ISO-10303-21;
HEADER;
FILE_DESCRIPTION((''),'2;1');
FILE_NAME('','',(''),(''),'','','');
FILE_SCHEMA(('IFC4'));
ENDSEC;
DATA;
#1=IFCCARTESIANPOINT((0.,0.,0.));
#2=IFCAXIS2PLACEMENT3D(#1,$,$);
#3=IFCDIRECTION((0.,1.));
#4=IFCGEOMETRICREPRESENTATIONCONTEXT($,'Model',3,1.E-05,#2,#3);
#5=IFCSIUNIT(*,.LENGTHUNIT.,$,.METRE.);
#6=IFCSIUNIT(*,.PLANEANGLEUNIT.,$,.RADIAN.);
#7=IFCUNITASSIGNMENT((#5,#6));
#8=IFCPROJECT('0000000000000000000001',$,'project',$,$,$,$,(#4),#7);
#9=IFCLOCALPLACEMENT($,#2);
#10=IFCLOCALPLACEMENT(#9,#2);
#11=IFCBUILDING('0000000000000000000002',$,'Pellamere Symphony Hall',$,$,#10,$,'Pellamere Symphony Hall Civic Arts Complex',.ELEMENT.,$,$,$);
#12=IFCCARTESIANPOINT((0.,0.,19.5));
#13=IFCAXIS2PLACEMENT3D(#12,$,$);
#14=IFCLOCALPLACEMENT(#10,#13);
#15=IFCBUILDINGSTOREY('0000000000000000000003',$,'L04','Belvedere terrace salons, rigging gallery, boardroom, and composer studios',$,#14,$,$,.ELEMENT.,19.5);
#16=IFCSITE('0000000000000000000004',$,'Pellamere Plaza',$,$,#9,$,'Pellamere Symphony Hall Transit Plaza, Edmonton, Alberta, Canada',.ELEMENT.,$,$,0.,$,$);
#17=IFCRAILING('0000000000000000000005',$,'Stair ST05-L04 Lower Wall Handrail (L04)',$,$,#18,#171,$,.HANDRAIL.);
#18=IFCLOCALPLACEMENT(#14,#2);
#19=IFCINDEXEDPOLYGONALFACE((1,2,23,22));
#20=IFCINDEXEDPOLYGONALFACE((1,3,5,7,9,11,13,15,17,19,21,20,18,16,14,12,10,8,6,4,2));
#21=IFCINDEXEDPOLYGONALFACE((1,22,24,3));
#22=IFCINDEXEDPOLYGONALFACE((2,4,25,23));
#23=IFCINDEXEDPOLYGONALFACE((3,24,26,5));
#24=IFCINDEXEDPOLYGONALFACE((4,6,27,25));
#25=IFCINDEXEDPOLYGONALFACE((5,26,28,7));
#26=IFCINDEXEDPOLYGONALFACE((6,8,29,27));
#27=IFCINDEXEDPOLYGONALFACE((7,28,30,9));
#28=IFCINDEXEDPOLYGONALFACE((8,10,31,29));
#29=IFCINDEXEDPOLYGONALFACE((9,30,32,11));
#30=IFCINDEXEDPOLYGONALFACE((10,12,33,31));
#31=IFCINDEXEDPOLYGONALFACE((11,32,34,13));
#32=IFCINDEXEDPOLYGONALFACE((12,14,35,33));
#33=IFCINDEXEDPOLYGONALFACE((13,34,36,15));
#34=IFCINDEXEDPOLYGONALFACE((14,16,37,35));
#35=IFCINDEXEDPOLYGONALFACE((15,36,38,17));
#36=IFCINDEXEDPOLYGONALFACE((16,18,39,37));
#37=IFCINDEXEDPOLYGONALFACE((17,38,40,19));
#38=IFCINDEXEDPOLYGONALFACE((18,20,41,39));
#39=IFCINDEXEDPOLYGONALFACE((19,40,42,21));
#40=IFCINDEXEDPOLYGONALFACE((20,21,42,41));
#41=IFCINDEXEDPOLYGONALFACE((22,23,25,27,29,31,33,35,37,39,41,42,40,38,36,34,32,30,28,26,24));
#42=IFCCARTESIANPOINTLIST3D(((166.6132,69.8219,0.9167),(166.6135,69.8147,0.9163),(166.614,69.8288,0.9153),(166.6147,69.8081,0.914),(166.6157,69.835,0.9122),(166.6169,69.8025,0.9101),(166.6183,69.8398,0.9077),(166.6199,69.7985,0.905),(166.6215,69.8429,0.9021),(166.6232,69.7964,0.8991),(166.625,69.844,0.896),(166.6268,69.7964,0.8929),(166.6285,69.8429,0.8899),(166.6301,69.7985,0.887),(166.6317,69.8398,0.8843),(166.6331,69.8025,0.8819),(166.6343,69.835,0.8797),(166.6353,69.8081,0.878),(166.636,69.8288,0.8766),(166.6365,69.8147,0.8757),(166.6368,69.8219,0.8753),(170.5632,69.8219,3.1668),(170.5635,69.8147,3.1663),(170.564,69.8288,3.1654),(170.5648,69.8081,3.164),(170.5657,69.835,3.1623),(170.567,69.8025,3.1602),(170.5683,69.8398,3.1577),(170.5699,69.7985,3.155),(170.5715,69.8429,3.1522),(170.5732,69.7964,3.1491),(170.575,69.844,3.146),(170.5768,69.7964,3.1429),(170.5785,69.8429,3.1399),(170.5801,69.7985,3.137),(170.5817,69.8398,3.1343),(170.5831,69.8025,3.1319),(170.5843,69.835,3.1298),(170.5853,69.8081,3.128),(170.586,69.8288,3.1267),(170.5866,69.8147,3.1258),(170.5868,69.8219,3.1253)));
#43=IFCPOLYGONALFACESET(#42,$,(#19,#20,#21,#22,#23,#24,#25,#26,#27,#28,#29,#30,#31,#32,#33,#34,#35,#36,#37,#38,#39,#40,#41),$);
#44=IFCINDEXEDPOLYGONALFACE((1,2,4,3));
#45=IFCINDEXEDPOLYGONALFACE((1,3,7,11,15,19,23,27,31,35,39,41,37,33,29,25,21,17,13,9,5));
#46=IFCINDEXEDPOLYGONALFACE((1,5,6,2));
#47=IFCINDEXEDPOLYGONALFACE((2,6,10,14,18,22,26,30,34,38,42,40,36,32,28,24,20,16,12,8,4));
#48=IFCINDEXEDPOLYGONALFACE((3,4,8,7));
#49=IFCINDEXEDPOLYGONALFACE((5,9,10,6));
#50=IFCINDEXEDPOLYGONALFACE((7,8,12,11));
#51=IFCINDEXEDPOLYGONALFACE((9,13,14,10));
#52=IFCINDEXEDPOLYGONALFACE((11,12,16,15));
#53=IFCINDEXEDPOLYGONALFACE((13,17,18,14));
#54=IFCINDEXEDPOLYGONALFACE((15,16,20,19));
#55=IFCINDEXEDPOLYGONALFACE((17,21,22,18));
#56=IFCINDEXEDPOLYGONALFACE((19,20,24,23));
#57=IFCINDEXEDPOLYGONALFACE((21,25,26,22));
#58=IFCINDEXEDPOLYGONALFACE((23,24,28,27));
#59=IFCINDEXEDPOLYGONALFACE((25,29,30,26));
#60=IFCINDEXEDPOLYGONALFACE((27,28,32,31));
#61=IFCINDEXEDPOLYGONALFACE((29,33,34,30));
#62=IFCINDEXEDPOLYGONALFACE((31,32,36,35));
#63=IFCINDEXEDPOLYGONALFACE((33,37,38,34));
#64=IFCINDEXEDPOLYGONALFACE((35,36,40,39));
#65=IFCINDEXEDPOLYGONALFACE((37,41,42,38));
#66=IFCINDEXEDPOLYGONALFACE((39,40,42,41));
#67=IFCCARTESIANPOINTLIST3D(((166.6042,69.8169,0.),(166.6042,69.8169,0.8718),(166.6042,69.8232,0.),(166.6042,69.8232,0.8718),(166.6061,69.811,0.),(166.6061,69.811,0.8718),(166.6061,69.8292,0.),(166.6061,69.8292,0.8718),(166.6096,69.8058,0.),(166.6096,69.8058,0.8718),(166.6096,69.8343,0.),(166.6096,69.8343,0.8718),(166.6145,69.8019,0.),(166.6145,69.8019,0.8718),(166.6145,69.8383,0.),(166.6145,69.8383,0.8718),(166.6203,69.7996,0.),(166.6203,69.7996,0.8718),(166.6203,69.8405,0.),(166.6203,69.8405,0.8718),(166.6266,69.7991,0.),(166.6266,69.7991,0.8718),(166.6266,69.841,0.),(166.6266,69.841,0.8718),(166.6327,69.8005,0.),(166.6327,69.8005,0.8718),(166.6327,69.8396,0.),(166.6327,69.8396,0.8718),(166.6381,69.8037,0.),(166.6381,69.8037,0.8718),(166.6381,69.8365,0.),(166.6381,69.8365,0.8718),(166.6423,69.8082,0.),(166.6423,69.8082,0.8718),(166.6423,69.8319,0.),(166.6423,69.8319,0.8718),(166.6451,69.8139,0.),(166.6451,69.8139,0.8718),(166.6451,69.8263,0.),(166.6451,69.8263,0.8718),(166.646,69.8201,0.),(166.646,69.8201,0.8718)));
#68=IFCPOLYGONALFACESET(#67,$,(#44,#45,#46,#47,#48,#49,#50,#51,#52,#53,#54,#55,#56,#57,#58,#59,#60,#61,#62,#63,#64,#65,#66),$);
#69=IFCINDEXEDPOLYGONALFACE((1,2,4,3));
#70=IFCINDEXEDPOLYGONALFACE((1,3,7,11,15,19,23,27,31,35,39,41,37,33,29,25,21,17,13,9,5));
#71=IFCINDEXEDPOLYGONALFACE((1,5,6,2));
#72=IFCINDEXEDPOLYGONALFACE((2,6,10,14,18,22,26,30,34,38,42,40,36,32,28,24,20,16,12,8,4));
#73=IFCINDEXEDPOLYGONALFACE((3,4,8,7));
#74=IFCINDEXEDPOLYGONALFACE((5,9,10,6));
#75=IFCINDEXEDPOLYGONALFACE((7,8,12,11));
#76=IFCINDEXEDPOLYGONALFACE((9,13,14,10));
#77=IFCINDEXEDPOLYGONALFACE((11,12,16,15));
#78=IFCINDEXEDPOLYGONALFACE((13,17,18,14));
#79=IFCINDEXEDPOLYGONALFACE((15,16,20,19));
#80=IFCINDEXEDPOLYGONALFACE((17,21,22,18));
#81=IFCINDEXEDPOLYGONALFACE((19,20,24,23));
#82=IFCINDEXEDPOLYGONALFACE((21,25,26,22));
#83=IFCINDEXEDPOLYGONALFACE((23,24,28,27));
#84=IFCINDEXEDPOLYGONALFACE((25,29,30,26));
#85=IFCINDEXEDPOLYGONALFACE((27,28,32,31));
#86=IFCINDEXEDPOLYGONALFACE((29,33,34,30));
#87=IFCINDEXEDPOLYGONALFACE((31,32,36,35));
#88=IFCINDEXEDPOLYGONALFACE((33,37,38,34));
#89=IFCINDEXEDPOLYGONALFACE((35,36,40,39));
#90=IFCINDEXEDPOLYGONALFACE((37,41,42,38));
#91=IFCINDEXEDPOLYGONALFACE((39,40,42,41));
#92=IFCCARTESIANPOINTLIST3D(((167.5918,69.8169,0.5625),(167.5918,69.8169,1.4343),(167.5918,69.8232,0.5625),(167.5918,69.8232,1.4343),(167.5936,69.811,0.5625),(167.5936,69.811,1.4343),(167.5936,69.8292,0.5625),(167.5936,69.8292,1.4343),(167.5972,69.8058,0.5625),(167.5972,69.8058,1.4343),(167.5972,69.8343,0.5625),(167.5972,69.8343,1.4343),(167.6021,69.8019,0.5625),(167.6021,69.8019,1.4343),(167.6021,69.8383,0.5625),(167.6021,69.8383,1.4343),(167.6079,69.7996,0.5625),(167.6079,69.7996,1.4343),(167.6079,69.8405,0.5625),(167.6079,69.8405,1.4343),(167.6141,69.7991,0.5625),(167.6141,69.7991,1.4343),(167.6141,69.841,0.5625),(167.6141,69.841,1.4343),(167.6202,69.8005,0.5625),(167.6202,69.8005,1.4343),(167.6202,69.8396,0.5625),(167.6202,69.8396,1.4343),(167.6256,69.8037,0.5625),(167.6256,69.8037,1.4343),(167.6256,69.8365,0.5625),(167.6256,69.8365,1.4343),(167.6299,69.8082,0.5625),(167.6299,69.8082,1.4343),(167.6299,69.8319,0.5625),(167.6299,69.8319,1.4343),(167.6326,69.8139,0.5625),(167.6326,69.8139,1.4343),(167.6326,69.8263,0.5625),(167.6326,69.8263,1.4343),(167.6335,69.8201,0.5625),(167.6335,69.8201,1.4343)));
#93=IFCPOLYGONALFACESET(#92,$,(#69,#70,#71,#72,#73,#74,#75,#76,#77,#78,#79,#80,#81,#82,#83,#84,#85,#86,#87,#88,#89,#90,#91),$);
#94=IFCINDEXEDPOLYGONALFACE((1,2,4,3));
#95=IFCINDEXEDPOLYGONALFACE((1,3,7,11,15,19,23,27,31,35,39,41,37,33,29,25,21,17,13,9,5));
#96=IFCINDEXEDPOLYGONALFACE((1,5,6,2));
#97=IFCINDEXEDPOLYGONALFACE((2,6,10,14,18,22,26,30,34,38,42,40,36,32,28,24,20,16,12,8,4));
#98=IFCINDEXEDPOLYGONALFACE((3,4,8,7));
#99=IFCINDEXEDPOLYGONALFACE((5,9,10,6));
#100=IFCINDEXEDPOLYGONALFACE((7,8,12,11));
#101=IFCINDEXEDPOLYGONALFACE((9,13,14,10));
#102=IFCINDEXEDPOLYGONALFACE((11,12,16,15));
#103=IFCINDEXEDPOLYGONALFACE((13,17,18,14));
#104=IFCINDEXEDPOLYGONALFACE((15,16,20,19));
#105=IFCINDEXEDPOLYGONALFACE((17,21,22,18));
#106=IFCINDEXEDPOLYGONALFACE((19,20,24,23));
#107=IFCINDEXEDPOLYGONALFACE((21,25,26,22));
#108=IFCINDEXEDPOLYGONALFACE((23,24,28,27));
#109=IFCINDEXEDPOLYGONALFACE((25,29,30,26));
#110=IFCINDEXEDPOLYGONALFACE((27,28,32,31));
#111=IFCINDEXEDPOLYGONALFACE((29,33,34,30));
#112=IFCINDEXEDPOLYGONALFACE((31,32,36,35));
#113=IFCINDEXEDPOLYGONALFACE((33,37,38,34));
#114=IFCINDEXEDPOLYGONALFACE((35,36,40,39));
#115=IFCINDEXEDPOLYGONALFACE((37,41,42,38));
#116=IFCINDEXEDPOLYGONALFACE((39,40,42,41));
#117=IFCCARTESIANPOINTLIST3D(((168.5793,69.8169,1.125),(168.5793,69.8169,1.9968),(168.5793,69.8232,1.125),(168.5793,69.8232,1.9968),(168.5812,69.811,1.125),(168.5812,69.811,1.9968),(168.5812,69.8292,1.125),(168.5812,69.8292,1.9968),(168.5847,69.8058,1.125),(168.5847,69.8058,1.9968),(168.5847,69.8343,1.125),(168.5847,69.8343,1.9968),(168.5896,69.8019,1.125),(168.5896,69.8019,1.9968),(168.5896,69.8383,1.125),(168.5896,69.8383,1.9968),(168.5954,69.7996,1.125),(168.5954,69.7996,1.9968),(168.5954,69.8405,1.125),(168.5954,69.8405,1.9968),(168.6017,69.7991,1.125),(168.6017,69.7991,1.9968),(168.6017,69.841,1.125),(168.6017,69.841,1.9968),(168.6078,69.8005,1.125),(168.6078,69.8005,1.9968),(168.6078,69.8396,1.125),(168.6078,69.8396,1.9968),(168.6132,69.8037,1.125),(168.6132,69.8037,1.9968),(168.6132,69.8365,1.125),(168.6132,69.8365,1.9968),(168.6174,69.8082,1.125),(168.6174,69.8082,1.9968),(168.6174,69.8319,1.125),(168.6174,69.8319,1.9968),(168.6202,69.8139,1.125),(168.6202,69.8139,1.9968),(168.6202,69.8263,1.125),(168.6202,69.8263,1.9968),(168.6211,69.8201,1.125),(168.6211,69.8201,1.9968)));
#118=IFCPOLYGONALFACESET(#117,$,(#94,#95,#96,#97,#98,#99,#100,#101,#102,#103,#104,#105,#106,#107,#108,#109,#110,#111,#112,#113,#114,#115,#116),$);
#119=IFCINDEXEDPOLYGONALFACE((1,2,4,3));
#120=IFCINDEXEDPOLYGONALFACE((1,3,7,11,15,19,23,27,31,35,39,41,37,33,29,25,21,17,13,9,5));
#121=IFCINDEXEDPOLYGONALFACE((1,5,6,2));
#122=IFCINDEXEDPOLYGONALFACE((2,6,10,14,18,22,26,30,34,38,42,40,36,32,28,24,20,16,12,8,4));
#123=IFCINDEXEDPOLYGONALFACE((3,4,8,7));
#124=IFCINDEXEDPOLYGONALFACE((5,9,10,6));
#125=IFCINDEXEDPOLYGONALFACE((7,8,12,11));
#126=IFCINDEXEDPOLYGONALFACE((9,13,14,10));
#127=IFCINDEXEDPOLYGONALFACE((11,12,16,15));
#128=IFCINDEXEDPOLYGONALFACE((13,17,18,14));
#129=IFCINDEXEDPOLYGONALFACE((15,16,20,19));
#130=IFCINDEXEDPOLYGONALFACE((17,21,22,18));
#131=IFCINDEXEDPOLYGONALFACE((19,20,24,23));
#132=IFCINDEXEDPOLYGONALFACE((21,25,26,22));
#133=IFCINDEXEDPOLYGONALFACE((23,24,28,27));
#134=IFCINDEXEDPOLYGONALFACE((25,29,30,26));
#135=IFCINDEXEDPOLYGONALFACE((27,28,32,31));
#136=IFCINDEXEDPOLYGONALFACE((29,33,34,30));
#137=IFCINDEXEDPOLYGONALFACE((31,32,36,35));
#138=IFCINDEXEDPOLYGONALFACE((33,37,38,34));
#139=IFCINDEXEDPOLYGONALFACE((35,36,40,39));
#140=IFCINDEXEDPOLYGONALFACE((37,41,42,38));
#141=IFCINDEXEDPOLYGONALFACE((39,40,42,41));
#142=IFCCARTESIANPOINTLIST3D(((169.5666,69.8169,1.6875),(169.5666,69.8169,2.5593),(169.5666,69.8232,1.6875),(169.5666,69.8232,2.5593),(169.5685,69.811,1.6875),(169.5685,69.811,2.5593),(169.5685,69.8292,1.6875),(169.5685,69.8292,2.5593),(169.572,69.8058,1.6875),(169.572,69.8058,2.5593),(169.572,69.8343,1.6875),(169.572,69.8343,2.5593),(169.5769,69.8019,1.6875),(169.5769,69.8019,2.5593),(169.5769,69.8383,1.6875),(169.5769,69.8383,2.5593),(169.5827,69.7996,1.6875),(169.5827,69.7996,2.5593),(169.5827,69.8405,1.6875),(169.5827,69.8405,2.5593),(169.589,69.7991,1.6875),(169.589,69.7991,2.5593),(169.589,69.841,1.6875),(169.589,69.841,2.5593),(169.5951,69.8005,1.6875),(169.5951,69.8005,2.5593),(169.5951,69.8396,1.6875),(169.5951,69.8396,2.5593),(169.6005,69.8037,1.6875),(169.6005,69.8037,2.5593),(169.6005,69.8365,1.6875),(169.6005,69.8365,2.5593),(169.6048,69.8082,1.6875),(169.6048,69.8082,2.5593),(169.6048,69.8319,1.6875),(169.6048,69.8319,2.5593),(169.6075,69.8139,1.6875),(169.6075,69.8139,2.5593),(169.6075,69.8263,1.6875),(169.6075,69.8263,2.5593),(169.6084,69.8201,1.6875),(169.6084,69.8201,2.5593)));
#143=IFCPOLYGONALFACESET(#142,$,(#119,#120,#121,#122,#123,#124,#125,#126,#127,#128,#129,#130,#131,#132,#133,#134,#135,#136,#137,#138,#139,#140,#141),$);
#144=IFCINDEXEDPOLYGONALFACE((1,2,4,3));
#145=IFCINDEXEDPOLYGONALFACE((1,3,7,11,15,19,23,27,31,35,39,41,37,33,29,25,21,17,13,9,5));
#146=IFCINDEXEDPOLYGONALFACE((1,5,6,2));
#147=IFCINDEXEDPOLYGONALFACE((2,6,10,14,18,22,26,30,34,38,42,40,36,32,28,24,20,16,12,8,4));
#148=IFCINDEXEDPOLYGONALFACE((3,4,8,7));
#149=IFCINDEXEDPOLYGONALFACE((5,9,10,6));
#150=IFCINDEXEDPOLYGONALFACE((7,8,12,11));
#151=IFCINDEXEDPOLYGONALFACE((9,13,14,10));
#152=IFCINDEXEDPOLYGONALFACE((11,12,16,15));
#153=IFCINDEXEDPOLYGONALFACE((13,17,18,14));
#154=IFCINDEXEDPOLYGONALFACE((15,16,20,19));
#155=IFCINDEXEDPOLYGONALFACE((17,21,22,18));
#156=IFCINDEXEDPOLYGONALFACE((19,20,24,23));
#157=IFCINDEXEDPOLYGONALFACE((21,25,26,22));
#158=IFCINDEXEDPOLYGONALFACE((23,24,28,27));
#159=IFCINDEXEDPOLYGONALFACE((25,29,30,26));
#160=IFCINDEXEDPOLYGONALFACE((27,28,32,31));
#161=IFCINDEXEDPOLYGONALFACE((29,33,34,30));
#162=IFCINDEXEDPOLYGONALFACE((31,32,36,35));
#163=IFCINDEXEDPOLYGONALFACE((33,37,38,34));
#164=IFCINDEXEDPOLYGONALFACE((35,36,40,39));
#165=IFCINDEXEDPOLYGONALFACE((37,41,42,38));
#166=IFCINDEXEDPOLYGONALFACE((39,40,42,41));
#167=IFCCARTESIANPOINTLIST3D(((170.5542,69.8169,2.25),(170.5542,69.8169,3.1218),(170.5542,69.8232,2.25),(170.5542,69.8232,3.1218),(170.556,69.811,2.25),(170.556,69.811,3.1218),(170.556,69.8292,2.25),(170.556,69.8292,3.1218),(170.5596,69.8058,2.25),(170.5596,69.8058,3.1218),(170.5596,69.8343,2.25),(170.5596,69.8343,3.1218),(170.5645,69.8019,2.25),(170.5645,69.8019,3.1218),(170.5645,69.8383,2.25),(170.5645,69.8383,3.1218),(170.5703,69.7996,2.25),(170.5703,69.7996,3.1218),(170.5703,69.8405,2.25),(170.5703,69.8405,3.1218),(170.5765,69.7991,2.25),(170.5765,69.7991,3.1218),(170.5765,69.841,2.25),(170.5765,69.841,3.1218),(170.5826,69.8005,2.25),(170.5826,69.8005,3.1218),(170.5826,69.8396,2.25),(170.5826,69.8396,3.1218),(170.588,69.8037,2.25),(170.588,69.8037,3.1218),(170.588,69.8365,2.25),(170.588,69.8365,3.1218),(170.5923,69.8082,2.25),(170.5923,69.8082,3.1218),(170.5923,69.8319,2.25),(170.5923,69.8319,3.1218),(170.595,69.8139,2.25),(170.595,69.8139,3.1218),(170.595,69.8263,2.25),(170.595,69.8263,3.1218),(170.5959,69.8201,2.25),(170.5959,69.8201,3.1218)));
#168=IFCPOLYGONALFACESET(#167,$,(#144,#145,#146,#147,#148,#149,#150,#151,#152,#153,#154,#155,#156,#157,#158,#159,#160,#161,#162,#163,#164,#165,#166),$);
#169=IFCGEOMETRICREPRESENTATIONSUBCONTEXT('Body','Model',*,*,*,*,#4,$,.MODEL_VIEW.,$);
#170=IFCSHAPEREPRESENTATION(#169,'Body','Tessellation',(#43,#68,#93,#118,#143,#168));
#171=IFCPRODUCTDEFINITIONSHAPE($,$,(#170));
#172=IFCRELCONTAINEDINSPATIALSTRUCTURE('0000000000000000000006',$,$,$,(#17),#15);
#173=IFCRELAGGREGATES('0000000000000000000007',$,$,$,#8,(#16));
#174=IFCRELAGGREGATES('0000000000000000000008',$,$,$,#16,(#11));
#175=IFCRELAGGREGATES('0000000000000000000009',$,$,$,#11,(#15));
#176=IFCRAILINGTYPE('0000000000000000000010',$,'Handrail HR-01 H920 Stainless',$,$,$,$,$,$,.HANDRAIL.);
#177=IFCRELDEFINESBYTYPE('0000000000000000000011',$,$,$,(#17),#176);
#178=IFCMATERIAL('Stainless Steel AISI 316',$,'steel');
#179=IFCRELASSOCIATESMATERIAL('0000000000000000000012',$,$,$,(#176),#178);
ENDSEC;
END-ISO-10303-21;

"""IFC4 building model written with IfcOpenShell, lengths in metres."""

from ifc_helpers import new_model, si_unit, direction, frame, origin, origin_2d, place, context, subcontext, project, spatial, circle, extrude, material, type_object, element, save


model = new_model("IFC4")

# Units and contexts
model_context = context("Model", 3, precision=1e-05, world=origin(), true_north=direction((0.0, 1.0)))
body_context = subcontext(model_context, "Body", "Model", "MODEL_VIEW")
ifc_project = project(units=[si_unit("LENGTHUNIT", "METRE"), si_unit("PLANEANGLEUNIT", "RADIAN")], contexts=[model_context])

# Site, building, storey
site_placement = place(None, origin())
site = spatial("IfcSite", under=ifc_project, at=site_placement, Name="Pellamere Plaza", LongName="Pellamere Symphony Hall Transit Plaza, Edmonton, Alberta, Canada", CompositionType="ELEMENT", RefElevation=0.0)
building_placement = place(site_placement, origin())
building = spatial("IfcBuilding", under=site, at=building_placement, Name="Pellamere Symphony Hall", LongName="Pellamere Symphony Hall Civic Arts Complex", CompositionType="ELEMENT")
storey_placement = place(building_placement, frame((0.0, 0.0, 19.5)))
storey = spatial("IfcBuildingStorey", under=building, at=storey_placement, Name="L04", Description="Belvedere terrace salons, rigging gallery, boardroom, and composer studios", CompositionType="ELEMENT", Elevation=19.5)

# Railing
ifc_material_1 = material(Name="Stainless Steel AISI 316", Category="steel")
railing_type_1 = type_object("IfcRailingType", Name="Handrail HR-01 H920 Stainless", PredefinedType="HANDRAIL", material=ifc_material_1)
railing_1_placement = place(storey_placement, frame((166.625, 69.8201, 0.0)))
element("IfcRailing", 1, at=railing_1_placement, inside=storey, type_object=railing_type_1, Name="Stair ST05-L04 Lower Wall Handrail (L04)", PredefinedType="HANDRAIL", context=body_context, shape_type="SweptSolid", body=[
    extrude(circle(Radius=0.0239, at=origin_2d()), frame((0.0, 0.0, 0.896), z_axis=(0.868917, 0.0, 0.494959), x_axis=(0.0, 1.0, 0.0)), (0.0, 0.0, 1.0), 4.5459),
    extrude(circle(Radius=0.021, at=origin_2d()), origin(), (0.0, 0.0, 1.0), 0.8718),
    extrude(circle(Radius=0.021, at=origin_2d()), frame((0.9875, 0.0, 0.5625)), (0.0, 0.0, 1.0), 0.8718),
    extrude(circle(Radius=0.021, at=origin_2d()), frame((1.9751, 0.0, 1.125)), (0.0, 0.0, 1.0), 0.8718),
    extrude(circle(Radius=0.021, at=origin_2d()), frame((2.9624, 0.0, 1.6875)), (0.0, 0.0, 1.0), 0.8718),
    extrude(circle(Radius=0.021, at=origin_2d()), frame((3.95, 0.0, 2.25)), (0.0, 0.0, 1.0), 0.8718),
])

save(model, "model.ifc")
